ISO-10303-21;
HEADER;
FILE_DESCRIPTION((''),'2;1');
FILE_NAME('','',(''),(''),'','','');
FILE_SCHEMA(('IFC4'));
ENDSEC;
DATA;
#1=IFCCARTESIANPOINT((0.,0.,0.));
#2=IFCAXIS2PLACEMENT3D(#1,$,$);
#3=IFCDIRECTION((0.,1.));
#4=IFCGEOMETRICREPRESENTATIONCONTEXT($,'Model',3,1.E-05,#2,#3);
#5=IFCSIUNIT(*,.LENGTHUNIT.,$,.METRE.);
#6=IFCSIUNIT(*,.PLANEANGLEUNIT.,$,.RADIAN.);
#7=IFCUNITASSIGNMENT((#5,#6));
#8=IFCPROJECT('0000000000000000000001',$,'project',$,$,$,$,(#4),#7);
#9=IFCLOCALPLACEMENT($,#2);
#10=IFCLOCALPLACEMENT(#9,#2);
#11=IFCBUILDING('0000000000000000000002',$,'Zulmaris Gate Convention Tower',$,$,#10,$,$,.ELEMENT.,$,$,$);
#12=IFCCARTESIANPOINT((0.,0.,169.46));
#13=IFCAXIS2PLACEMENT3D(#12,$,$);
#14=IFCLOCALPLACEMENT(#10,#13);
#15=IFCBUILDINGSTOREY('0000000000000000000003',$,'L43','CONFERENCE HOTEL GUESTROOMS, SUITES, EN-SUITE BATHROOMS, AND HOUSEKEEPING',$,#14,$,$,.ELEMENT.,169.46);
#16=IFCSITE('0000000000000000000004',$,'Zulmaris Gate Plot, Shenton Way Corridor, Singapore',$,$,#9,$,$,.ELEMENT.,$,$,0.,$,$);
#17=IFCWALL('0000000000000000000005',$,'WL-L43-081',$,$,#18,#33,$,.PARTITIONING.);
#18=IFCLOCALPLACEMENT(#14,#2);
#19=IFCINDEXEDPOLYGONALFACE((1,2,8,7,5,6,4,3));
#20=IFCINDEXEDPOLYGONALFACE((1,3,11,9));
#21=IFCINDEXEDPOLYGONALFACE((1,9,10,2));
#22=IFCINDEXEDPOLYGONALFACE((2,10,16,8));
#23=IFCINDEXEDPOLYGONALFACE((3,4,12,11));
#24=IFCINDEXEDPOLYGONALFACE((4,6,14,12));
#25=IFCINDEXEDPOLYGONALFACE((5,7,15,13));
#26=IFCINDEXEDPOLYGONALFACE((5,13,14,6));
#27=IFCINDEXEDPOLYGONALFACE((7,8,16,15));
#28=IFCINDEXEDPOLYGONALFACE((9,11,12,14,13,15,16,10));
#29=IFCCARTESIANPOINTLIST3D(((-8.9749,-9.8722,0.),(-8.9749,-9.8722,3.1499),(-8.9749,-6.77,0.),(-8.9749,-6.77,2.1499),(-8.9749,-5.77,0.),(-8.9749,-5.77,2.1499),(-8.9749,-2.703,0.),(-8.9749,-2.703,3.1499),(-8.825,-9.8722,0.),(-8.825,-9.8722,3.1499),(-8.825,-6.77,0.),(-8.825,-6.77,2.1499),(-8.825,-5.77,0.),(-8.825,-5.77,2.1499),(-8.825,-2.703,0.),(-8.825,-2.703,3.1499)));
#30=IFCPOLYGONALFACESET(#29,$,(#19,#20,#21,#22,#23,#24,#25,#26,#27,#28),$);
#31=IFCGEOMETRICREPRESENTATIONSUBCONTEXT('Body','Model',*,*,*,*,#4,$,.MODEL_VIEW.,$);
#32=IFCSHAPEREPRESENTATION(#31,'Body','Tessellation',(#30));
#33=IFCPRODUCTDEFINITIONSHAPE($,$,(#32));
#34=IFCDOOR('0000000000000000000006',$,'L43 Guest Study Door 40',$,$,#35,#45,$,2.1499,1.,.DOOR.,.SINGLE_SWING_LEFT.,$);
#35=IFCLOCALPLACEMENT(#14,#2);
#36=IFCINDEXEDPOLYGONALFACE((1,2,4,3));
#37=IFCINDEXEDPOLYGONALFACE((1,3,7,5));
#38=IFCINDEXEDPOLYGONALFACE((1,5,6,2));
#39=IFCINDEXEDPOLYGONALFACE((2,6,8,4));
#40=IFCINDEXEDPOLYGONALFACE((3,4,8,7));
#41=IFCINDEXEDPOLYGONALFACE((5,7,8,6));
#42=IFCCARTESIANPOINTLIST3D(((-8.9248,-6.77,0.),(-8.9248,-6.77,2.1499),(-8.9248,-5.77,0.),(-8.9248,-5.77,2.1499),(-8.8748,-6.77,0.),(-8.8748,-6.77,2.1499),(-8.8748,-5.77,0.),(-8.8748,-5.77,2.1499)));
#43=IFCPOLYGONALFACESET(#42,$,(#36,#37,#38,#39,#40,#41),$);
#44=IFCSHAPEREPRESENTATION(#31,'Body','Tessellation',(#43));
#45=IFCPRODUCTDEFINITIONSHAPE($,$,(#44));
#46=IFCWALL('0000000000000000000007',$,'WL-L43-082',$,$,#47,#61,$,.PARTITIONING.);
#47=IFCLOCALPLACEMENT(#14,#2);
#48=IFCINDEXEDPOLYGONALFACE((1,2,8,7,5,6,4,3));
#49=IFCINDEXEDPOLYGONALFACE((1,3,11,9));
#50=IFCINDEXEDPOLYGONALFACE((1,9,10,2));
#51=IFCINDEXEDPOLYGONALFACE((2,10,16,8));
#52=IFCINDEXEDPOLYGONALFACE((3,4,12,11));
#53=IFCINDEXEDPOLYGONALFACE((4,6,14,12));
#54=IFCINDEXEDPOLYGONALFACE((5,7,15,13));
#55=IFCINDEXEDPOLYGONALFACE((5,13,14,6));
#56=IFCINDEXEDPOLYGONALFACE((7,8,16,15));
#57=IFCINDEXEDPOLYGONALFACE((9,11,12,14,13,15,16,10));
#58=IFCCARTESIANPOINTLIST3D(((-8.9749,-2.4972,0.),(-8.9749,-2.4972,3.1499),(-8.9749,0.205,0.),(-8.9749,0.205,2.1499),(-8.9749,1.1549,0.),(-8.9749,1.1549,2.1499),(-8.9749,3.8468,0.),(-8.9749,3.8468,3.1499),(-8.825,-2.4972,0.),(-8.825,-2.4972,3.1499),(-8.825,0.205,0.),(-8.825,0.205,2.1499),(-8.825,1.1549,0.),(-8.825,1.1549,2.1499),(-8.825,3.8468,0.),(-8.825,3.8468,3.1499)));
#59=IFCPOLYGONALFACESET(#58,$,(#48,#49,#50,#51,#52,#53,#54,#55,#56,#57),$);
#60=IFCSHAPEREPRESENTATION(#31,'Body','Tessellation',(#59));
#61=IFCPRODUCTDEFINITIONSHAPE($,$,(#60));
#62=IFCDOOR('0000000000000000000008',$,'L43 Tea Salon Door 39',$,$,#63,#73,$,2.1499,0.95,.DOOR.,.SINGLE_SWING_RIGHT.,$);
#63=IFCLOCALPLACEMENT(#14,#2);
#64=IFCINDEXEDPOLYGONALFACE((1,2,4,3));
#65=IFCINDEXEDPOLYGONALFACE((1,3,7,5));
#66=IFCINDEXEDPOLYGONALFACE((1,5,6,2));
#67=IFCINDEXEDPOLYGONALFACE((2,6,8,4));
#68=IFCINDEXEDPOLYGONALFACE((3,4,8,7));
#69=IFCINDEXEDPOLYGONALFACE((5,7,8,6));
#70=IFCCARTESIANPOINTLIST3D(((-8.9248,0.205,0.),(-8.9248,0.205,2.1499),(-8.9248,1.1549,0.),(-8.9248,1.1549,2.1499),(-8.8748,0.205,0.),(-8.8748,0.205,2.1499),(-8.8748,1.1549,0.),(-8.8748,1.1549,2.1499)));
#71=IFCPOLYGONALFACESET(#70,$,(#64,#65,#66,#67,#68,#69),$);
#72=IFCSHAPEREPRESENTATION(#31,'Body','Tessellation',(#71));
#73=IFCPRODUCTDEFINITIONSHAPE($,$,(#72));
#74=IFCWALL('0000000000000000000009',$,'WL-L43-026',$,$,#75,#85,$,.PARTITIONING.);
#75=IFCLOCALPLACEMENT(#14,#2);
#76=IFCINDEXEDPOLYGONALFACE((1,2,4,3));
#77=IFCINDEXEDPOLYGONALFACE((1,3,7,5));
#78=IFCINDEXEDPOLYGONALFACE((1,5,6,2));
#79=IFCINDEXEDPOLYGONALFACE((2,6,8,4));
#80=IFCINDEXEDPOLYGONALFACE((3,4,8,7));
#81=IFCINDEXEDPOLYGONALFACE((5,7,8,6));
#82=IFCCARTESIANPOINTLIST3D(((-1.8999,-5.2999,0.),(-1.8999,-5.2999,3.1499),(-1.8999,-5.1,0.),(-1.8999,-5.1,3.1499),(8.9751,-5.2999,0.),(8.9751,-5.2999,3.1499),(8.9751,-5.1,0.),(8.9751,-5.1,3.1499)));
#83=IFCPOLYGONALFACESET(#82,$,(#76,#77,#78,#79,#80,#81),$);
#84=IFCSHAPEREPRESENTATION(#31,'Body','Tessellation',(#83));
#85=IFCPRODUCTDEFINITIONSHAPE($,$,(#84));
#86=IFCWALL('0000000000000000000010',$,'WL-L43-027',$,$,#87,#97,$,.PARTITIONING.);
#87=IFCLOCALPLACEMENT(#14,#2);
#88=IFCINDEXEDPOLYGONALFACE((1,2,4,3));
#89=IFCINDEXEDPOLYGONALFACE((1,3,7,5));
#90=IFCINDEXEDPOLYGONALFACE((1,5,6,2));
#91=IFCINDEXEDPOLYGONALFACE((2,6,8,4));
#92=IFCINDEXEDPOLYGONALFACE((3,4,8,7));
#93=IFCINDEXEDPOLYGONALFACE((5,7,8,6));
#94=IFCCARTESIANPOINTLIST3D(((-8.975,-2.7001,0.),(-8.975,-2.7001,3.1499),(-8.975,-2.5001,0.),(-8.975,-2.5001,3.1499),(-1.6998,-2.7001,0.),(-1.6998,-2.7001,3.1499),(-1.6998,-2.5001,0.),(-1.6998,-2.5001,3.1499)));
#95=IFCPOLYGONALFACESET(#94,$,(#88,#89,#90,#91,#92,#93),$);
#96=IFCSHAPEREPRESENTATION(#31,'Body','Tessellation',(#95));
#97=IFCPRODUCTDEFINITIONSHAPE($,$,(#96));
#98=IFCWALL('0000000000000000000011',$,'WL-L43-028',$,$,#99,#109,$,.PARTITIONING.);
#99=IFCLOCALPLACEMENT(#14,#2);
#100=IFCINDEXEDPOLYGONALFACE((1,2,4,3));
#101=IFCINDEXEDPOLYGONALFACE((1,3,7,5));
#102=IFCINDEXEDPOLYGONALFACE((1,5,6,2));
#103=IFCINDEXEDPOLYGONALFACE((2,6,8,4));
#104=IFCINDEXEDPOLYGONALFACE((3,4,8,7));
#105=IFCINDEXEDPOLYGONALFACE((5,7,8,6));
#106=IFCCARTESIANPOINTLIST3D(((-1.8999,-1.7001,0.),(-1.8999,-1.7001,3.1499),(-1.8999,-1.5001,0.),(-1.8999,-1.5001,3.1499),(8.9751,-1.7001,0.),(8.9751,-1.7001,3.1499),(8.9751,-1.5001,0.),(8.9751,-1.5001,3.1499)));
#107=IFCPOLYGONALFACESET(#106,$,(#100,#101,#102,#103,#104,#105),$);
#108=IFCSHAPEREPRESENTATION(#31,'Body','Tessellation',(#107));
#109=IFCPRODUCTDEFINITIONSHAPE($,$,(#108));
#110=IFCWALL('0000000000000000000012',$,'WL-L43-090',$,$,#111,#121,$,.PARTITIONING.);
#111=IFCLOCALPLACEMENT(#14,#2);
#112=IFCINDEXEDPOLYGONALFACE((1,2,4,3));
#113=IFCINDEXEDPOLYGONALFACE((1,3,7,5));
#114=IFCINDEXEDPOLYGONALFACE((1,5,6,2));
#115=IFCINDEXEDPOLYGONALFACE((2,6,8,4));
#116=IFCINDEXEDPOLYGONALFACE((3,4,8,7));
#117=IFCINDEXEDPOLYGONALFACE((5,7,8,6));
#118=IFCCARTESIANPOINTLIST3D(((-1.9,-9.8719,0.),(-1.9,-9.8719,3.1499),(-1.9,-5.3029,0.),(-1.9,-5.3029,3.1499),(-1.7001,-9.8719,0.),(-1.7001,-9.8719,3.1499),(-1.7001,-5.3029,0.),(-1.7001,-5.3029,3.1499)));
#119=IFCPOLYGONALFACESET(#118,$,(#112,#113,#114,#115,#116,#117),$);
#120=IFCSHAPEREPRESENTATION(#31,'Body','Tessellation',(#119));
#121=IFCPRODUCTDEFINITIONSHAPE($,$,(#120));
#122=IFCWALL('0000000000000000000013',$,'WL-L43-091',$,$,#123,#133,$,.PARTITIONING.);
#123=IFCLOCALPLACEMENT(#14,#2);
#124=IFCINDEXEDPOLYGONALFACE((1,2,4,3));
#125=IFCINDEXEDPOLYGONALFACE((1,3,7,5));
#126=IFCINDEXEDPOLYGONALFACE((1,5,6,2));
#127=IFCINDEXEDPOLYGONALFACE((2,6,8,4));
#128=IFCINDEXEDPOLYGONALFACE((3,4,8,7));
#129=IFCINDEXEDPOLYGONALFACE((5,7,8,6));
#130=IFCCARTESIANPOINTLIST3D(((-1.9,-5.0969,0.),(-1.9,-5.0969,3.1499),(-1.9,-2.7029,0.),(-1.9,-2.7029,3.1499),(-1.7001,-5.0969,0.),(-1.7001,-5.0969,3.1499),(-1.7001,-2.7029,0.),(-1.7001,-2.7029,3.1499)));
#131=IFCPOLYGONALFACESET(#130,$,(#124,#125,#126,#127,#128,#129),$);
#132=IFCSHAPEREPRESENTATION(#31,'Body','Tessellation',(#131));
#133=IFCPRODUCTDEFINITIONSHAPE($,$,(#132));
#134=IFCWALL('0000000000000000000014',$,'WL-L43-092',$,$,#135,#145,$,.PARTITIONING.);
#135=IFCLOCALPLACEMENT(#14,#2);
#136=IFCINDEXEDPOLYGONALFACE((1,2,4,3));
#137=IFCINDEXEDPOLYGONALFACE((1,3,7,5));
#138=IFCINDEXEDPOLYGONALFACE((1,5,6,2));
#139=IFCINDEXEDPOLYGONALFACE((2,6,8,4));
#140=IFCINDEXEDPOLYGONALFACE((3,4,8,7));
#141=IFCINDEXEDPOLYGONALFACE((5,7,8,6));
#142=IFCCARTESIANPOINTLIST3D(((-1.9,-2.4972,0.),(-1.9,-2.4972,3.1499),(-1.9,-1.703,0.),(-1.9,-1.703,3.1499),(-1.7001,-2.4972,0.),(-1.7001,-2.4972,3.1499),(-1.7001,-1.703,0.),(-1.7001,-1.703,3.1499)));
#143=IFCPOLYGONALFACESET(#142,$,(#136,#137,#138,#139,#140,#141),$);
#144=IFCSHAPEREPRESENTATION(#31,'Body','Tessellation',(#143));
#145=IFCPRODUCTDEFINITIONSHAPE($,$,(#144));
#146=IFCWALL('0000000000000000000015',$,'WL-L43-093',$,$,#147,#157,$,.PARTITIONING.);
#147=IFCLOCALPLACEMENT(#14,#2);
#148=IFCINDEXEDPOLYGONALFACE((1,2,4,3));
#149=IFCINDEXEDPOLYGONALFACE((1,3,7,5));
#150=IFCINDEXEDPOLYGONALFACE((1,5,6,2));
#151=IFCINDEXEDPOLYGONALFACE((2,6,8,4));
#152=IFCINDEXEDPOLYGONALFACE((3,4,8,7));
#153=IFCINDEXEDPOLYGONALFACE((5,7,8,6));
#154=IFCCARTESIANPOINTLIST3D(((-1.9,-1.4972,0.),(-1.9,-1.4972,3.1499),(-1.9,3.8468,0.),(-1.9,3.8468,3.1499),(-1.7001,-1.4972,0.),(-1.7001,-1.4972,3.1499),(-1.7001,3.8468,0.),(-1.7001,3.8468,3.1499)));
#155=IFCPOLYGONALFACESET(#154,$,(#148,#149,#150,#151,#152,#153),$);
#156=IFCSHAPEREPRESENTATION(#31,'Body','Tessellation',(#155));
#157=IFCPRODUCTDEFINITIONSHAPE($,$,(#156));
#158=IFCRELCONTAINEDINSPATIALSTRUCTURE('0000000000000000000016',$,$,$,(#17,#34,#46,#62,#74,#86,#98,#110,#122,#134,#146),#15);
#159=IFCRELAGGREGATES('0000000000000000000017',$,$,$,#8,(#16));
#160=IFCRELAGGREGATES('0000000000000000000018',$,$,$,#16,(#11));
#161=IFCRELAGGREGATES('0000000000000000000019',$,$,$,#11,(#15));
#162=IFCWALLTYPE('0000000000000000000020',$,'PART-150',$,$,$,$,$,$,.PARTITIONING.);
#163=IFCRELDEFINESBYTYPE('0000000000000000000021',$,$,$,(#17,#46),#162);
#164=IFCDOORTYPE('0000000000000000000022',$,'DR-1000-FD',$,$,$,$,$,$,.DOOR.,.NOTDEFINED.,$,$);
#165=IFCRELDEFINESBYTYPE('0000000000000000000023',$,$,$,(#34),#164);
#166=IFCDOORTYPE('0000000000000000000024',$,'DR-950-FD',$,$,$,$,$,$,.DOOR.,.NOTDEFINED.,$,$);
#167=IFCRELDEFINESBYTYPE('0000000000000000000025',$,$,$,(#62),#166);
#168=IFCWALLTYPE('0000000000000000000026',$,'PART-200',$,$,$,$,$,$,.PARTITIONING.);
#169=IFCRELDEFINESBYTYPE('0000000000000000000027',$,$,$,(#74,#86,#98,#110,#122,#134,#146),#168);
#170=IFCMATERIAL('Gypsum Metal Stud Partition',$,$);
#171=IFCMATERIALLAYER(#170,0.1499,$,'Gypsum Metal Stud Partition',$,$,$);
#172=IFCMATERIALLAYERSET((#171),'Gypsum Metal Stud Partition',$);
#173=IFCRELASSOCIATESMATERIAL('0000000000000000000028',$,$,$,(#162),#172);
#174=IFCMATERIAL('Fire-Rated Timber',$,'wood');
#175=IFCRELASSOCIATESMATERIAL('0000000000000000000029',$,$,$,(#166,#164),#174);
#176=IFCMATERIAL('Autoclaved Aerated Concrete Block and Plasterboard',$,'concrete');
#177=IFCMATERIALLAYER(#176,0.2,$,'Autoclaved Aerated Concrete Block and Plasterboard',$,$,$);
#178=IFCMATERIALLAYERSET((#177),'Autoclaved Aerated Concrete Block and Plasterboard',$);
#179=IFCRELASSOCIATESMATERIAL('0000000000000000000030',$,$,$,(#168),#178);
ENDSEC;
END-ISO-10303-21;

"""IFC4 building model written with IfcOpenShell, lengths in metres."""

from ifc_helpers import new_model, si_unit, direction, frame, frame_2d, origin, place, context, subcontext, project, spatial, rectangle, extrude, material, layer, layer_set, type_object, element, fill, save


model = new_model("IFC4")

# Units and contexts
model_context = context("Model", 3, precision=1e-05, world=origin(), true_north=direction((0.0, 1.0)))
body_context = subcontext(model_context, "Body", "Model", "MODEL_VIEW")
ifc_project = project(units=[si_unit("LENGTHUNIT", "METRE"), si_unit("PLANEANGLEUNIT", "RADIAN")], contexts=[model_context])

# Site, building, storey
site_placement = place(None, origin())
site = spatial("IfcSite", under=ifc_project, at=site_placement, Name="Zulmaris Gate Plot, Shenton Way Corridor, Singapore", CompositionType="ELEMENT", RefElevation=0.0)
building_placement = place(site_placement, origin())
building = spatial("IfcBuilding", under=site, at=building_placement, Name="Zulmaris Gate Convention Tower", CompositionType="ELEMENT")
storey_placement = place(building_placement, frame((0.0, 0.0, 169.46)))
storey = spatial("IfcBuildingStorey", under=building, at=storey_placement, Name="L43", Description="CONFERENCE HOTEL GUESTROOMS, SUITES, EN-SUITE BATHROOMS, AND HOUSEKEEPING", CompositionType="ELEMENT", Elevation=169.46)

# Shared definitions
ifc_material_1 = material(Name="Gypsum Metal Stud Partition")
ifc_layer_1 = layer(ifc_material_1, 0.1499, Name="Gypsum Metal Stud Partition")
ifc_layer_set_1 = layer_set([ifc_layer_1], Name="Gypsum Metal Stud Partition")
wall_type_1 = type_object("IfcWallType", Name="PART-150", PredefinedType="PARTITIONING", material=ifc_layer_set_1)
ifc_material_2 = material(Name="Fire-Rated Timber", Category="wood")
door_type_1 = type_object("IfcDoorType", Name="DR-950-FD", OperationType="NOTDEFINED", PredefinedType="DOOR", material=ifc_material_2)

# Walls, openings, doors
wall_1_placement = place(storey_placement, frame((-8.8999, -9.8721, 0.0), z_axis=(0.0, 0.0, 1.0), x_axis=(0.0, 1.0, 0.0)))
wall_1 = element("IfcWall", 1, at=wall_1_placement, inside=storey, type_object=wall_type_1, Name="WL-L43-081", PredefinedType="PARTITIONING", context=body_context, shape_type="SweptSolid", body=[
    extrude(rectangle(XDim=7.1692, YDim=0.1499, at=frame_2d((3.5845, 0.0))), origin(), (0.0, 0.0, 1.0), 3.1499),
])
opening_1_placement = place(wall_1_placement, frame((3.1021, 0.0, 0.0)))
opening_1 = element("IfcOpeningElement", 2, at=opening_1_placement, cuts=wall_1, PredefinedType="OPENING", context=body_context, shape_type="SweptSolid", body=[
    extrude(rectangle(XDim=1.0, YDim=2.1499, at=frame_2d((0.5, 1.075))), frame((0.0, 0.085, 0.0), z_axis=(0.0, -1.0, 0.0), x_axis=(1.0, 0.0, 0.0)), (0.0, 0.0, 1.0), 0.1699),
])
door_type_2 = type_object("IfcDoorType", Name="DR-1000-FD", OperationType="NOTDEFINED", PredefinedType="DOOR", material=ifc_material_2)
door_1_placement = place(opening_1_placement, origin())
door_1 = element("IfcDoor", 3, at=door_1_placement, inside=storey, type_object=door_type_2, Name="L43 Guest Study Door 40", OperationType="SINGLE_SWING_LEFT", OverallHeight=2.1499, OverallWidth=1.0, PredefinedType="DOOR", context=body_context, shape_type="SweptSolid", body=[
    extrude(rectangle(XDim=1.0, YDim=2.1499, at=frame_2d((0.5, 1.075))), frame((0.0, 0.0249, 0.0), z_axis=(0.0, -1.0, 0.0), x_axis=(1.0, 0.0, 0.0)), (0.0, 0.0, 1.0), 0.05),
])
fill(opening_1, door_1)
wall_2_placement = place(storey_placement, frame((-8.8999, -2.4971, 0.0), z_axis=(0.0, 0.0, 1.0), x_axis=(0.0, 1.0, 0.0)))
wall_2 = element("IfcWall", 4, at=wall_2_placement, inside=storey, type_object=wall_type_1, Name="WL-L43-082", PredefinedType="PARTITIONING", context=body_context, shape_type="SweptSolid", body=[
    extrude(rectangle(XDim=6.344, YDim=0.1499, at=frame_2d((3.1719, 0.0))), origin(), (0.0, 0.0, 1.0), 3.1499),
])
opening_2_placement = place(wall_2_placement, frame((2.7019, 0.0, 0.0)))
opening_2 = element("IfcOpeningElement", 5, at=opening_2_placement, cuts=wall_2, PredefinedType="OPENING", context=body_context, shape_type="SweptSolid", body=[
    extrude(rectangle(XDim=0.95, YDim=2.1499, at=frame_2d((0.4751, 1.075))), frame((0.0, 0.085, 0.0), z_axis=(0.0, -1.0, 0.0), x_axis=(1.0, 0.0, 0.0)), (0.0, 0.0, 1.0), 0.1699),
])
door_2_placement = place(opening_2_placement, origin())
door_2 = element("IfcDoor", 6, at=door_2_placement, inside=storey, type_object=door_type_1, Name="L43 Tea Salon Door 39", OperationType="SINGLE_SWING_RIGHT", OverallHeight=2.1499, OverallWidth=0.95, PredefinedType="DOOR", context=body_context, shape_type="SweptSolid", body=[
    extrude(rectangle(XDim=0.95, YDim=2.1499, at=frame_2d((0.4751, 1.075))), frame((0.0, 0.0249, 0.0), z_axis=(0.0, -1.0, 0.0), x_axis=(1.0, 0.0, 0.0)), (0.0, 0.0, 1.0), 0.05),
])
fill(opening_2, door_2)

# Walls
ifc_material_3 = material(Name="Autoclaved Aerated Concrete Block and Plasterboard", Category="concrete")
ifc_layer_2 = layer(ifc_material_3, 0.2, Name="Autoclaved Aerated Concrete Block and Plasterboard")
ifc_layer_set_2 = layer_set([ifc_layer_2], Name="Autoclaved Aerated Concrete Block and Plasterboard")
wall_type_2 = type_object("IfcWallType", Name="PART-200", PredefinedType="PARTITIONING", material=ifc_layer_set_2)
wall_3_placement = place(storey_placement, frame((-1.8999, -5.2, 0.0), z_axis=(0.0, 0.0, 1.0), x_axis=(1.0, 0.0, 0.0)))
element("IfcWall", 7, at=wall_3_placement, inside=storey, type_object=wall_type_2, Name="WL-L43-026", PredefinedType="PARTITIONING", context=body_context, shape_type="SweptSolid", body=[
    extrude(rectangle(XDim=10.875, YDim=0.2, at=frame_2d((5.4375, 0.0))), origin(), (0.0, 0.0, 1.0), 3.1499),
])
wall_4_placement = place(storey_placement, frame((-8.9751, -2.6001, 0.0), z_axis=(0.0, 0.0, 1.0), x_axis=(1.0, 0.0, 0.0)))
element("IfcWall", 8, at=wall_4_placement, inside=storey, type_object=wall_type_2, Name="WL-L43-027", PredefinedType="PARTITIONING", context=body_context, shape_type="SweptSolid", body=[
    extrude(rectangle(XDim=7.2751, YDim=0.2, at=frame_2d((3.6377, 0.0))), origin(), (0.0, 0.0, 1.0), 3.1499),
])
wall_5_placement = place(storey_placement, frame((-1.8999, -1.6001, 0.0), z_axis=(0.0, 0.0, 1.0), x_axis=(1.0, 0.0, 0.0)))
element("IfcWall", 9, at=wall_5_placement, inside=storey, type_object=wall_type_2, Name="WL-L43-028", PredefinedType="PARTITIONING", context=body_context, shape_type="SweptSolid", body=[
    extrude(rectangle(XDim=10.875, YDim=0.2, at=frame_2d((5.4375, 0.0))), origin(), (0.0, 0.0, 1.0), 3.1499),
])
wall_6_placement = place(storey_placement, frame((-1.8, -9.8721, 0.0), z_axis=(0.0, 0.0, 1.0), x_axis=(0.0, 1.0, 0.0)))
element("IfcWall", 10, at=wall_6_placement, inside=storey, type_object=wall_type_2, Name="WL-L43-090", PredefinedType="PARTITIONING", context=body_context, shape_type="SweptSolid", body=[
    extrude(rectangle(XDim=4.5691, YDim=0.2, at=frame_2d((2.2847, 0.0))), origin(), (0.0, 0.0, 1.0), 3.1499),
])
wall_7_placement = place(storey_placement, frame((-1.8, -5.0969, 0.0), z_axis=(0.0, 0.0, 1.0), x_axis=(0.0, 1.0, 0.0)))
element("IfcWall", 11, at=wall_7_placement, inside=storey, type_object=wall_type_2, Name="WL-L43-091", PredefinedType="PARTITIONING", context=body_context, shape_type="SweptSolid", body=[
    extrude(rectangle(XDim=2.394, YDim=0.2, at=frame_2d((1.197, 0.0))), origin(), (0.0, 0.0, 1.0), 3.1499),
])
wall_8_placement = place(storey_placement, frame((-1.8, -2.4971, 0.0), z_axis=(0.0, 0.0, 1.0), x_axis=(0.0, 1.0, 0.0)))
element("IfcWall", 12, at=wall_8_placement, inside=storey, type_object=wall_type_2, Name="WL-L43-092", PredefinedType="PARTITIONING", context=body_context, shape_type="SweptSolid", body=[
    extrude(rectangle(XDim=0.7942, YDim=0.2, at=frame_2d((0.397, 0.0))), origin(), (0.0, 0.0, 1.0), 3.1499),
])
wall_9_placement = place(storey_placement, frame((-1.8, -1.4971, 0.0), z_axis=(0.0, 0.0, 1.0), x_axis=(0.0, 1.0, 0.0)))
element("IfcWall", 13, at=wall_9_placement, inside=storey, type_object=wall_type_2, Name="WL-L43-093", PredefinedType="PARTITIONING", context=body_context, shape_type="SweptSolid", body=[
    extrude(rectangle(XDim=5.344, YDim=0.2, at=frame_2d((2.6719, 0.0))), origin(), (0.0, 0.0, 1.0), 3.1499),
])

save(model, "model.ifc")
